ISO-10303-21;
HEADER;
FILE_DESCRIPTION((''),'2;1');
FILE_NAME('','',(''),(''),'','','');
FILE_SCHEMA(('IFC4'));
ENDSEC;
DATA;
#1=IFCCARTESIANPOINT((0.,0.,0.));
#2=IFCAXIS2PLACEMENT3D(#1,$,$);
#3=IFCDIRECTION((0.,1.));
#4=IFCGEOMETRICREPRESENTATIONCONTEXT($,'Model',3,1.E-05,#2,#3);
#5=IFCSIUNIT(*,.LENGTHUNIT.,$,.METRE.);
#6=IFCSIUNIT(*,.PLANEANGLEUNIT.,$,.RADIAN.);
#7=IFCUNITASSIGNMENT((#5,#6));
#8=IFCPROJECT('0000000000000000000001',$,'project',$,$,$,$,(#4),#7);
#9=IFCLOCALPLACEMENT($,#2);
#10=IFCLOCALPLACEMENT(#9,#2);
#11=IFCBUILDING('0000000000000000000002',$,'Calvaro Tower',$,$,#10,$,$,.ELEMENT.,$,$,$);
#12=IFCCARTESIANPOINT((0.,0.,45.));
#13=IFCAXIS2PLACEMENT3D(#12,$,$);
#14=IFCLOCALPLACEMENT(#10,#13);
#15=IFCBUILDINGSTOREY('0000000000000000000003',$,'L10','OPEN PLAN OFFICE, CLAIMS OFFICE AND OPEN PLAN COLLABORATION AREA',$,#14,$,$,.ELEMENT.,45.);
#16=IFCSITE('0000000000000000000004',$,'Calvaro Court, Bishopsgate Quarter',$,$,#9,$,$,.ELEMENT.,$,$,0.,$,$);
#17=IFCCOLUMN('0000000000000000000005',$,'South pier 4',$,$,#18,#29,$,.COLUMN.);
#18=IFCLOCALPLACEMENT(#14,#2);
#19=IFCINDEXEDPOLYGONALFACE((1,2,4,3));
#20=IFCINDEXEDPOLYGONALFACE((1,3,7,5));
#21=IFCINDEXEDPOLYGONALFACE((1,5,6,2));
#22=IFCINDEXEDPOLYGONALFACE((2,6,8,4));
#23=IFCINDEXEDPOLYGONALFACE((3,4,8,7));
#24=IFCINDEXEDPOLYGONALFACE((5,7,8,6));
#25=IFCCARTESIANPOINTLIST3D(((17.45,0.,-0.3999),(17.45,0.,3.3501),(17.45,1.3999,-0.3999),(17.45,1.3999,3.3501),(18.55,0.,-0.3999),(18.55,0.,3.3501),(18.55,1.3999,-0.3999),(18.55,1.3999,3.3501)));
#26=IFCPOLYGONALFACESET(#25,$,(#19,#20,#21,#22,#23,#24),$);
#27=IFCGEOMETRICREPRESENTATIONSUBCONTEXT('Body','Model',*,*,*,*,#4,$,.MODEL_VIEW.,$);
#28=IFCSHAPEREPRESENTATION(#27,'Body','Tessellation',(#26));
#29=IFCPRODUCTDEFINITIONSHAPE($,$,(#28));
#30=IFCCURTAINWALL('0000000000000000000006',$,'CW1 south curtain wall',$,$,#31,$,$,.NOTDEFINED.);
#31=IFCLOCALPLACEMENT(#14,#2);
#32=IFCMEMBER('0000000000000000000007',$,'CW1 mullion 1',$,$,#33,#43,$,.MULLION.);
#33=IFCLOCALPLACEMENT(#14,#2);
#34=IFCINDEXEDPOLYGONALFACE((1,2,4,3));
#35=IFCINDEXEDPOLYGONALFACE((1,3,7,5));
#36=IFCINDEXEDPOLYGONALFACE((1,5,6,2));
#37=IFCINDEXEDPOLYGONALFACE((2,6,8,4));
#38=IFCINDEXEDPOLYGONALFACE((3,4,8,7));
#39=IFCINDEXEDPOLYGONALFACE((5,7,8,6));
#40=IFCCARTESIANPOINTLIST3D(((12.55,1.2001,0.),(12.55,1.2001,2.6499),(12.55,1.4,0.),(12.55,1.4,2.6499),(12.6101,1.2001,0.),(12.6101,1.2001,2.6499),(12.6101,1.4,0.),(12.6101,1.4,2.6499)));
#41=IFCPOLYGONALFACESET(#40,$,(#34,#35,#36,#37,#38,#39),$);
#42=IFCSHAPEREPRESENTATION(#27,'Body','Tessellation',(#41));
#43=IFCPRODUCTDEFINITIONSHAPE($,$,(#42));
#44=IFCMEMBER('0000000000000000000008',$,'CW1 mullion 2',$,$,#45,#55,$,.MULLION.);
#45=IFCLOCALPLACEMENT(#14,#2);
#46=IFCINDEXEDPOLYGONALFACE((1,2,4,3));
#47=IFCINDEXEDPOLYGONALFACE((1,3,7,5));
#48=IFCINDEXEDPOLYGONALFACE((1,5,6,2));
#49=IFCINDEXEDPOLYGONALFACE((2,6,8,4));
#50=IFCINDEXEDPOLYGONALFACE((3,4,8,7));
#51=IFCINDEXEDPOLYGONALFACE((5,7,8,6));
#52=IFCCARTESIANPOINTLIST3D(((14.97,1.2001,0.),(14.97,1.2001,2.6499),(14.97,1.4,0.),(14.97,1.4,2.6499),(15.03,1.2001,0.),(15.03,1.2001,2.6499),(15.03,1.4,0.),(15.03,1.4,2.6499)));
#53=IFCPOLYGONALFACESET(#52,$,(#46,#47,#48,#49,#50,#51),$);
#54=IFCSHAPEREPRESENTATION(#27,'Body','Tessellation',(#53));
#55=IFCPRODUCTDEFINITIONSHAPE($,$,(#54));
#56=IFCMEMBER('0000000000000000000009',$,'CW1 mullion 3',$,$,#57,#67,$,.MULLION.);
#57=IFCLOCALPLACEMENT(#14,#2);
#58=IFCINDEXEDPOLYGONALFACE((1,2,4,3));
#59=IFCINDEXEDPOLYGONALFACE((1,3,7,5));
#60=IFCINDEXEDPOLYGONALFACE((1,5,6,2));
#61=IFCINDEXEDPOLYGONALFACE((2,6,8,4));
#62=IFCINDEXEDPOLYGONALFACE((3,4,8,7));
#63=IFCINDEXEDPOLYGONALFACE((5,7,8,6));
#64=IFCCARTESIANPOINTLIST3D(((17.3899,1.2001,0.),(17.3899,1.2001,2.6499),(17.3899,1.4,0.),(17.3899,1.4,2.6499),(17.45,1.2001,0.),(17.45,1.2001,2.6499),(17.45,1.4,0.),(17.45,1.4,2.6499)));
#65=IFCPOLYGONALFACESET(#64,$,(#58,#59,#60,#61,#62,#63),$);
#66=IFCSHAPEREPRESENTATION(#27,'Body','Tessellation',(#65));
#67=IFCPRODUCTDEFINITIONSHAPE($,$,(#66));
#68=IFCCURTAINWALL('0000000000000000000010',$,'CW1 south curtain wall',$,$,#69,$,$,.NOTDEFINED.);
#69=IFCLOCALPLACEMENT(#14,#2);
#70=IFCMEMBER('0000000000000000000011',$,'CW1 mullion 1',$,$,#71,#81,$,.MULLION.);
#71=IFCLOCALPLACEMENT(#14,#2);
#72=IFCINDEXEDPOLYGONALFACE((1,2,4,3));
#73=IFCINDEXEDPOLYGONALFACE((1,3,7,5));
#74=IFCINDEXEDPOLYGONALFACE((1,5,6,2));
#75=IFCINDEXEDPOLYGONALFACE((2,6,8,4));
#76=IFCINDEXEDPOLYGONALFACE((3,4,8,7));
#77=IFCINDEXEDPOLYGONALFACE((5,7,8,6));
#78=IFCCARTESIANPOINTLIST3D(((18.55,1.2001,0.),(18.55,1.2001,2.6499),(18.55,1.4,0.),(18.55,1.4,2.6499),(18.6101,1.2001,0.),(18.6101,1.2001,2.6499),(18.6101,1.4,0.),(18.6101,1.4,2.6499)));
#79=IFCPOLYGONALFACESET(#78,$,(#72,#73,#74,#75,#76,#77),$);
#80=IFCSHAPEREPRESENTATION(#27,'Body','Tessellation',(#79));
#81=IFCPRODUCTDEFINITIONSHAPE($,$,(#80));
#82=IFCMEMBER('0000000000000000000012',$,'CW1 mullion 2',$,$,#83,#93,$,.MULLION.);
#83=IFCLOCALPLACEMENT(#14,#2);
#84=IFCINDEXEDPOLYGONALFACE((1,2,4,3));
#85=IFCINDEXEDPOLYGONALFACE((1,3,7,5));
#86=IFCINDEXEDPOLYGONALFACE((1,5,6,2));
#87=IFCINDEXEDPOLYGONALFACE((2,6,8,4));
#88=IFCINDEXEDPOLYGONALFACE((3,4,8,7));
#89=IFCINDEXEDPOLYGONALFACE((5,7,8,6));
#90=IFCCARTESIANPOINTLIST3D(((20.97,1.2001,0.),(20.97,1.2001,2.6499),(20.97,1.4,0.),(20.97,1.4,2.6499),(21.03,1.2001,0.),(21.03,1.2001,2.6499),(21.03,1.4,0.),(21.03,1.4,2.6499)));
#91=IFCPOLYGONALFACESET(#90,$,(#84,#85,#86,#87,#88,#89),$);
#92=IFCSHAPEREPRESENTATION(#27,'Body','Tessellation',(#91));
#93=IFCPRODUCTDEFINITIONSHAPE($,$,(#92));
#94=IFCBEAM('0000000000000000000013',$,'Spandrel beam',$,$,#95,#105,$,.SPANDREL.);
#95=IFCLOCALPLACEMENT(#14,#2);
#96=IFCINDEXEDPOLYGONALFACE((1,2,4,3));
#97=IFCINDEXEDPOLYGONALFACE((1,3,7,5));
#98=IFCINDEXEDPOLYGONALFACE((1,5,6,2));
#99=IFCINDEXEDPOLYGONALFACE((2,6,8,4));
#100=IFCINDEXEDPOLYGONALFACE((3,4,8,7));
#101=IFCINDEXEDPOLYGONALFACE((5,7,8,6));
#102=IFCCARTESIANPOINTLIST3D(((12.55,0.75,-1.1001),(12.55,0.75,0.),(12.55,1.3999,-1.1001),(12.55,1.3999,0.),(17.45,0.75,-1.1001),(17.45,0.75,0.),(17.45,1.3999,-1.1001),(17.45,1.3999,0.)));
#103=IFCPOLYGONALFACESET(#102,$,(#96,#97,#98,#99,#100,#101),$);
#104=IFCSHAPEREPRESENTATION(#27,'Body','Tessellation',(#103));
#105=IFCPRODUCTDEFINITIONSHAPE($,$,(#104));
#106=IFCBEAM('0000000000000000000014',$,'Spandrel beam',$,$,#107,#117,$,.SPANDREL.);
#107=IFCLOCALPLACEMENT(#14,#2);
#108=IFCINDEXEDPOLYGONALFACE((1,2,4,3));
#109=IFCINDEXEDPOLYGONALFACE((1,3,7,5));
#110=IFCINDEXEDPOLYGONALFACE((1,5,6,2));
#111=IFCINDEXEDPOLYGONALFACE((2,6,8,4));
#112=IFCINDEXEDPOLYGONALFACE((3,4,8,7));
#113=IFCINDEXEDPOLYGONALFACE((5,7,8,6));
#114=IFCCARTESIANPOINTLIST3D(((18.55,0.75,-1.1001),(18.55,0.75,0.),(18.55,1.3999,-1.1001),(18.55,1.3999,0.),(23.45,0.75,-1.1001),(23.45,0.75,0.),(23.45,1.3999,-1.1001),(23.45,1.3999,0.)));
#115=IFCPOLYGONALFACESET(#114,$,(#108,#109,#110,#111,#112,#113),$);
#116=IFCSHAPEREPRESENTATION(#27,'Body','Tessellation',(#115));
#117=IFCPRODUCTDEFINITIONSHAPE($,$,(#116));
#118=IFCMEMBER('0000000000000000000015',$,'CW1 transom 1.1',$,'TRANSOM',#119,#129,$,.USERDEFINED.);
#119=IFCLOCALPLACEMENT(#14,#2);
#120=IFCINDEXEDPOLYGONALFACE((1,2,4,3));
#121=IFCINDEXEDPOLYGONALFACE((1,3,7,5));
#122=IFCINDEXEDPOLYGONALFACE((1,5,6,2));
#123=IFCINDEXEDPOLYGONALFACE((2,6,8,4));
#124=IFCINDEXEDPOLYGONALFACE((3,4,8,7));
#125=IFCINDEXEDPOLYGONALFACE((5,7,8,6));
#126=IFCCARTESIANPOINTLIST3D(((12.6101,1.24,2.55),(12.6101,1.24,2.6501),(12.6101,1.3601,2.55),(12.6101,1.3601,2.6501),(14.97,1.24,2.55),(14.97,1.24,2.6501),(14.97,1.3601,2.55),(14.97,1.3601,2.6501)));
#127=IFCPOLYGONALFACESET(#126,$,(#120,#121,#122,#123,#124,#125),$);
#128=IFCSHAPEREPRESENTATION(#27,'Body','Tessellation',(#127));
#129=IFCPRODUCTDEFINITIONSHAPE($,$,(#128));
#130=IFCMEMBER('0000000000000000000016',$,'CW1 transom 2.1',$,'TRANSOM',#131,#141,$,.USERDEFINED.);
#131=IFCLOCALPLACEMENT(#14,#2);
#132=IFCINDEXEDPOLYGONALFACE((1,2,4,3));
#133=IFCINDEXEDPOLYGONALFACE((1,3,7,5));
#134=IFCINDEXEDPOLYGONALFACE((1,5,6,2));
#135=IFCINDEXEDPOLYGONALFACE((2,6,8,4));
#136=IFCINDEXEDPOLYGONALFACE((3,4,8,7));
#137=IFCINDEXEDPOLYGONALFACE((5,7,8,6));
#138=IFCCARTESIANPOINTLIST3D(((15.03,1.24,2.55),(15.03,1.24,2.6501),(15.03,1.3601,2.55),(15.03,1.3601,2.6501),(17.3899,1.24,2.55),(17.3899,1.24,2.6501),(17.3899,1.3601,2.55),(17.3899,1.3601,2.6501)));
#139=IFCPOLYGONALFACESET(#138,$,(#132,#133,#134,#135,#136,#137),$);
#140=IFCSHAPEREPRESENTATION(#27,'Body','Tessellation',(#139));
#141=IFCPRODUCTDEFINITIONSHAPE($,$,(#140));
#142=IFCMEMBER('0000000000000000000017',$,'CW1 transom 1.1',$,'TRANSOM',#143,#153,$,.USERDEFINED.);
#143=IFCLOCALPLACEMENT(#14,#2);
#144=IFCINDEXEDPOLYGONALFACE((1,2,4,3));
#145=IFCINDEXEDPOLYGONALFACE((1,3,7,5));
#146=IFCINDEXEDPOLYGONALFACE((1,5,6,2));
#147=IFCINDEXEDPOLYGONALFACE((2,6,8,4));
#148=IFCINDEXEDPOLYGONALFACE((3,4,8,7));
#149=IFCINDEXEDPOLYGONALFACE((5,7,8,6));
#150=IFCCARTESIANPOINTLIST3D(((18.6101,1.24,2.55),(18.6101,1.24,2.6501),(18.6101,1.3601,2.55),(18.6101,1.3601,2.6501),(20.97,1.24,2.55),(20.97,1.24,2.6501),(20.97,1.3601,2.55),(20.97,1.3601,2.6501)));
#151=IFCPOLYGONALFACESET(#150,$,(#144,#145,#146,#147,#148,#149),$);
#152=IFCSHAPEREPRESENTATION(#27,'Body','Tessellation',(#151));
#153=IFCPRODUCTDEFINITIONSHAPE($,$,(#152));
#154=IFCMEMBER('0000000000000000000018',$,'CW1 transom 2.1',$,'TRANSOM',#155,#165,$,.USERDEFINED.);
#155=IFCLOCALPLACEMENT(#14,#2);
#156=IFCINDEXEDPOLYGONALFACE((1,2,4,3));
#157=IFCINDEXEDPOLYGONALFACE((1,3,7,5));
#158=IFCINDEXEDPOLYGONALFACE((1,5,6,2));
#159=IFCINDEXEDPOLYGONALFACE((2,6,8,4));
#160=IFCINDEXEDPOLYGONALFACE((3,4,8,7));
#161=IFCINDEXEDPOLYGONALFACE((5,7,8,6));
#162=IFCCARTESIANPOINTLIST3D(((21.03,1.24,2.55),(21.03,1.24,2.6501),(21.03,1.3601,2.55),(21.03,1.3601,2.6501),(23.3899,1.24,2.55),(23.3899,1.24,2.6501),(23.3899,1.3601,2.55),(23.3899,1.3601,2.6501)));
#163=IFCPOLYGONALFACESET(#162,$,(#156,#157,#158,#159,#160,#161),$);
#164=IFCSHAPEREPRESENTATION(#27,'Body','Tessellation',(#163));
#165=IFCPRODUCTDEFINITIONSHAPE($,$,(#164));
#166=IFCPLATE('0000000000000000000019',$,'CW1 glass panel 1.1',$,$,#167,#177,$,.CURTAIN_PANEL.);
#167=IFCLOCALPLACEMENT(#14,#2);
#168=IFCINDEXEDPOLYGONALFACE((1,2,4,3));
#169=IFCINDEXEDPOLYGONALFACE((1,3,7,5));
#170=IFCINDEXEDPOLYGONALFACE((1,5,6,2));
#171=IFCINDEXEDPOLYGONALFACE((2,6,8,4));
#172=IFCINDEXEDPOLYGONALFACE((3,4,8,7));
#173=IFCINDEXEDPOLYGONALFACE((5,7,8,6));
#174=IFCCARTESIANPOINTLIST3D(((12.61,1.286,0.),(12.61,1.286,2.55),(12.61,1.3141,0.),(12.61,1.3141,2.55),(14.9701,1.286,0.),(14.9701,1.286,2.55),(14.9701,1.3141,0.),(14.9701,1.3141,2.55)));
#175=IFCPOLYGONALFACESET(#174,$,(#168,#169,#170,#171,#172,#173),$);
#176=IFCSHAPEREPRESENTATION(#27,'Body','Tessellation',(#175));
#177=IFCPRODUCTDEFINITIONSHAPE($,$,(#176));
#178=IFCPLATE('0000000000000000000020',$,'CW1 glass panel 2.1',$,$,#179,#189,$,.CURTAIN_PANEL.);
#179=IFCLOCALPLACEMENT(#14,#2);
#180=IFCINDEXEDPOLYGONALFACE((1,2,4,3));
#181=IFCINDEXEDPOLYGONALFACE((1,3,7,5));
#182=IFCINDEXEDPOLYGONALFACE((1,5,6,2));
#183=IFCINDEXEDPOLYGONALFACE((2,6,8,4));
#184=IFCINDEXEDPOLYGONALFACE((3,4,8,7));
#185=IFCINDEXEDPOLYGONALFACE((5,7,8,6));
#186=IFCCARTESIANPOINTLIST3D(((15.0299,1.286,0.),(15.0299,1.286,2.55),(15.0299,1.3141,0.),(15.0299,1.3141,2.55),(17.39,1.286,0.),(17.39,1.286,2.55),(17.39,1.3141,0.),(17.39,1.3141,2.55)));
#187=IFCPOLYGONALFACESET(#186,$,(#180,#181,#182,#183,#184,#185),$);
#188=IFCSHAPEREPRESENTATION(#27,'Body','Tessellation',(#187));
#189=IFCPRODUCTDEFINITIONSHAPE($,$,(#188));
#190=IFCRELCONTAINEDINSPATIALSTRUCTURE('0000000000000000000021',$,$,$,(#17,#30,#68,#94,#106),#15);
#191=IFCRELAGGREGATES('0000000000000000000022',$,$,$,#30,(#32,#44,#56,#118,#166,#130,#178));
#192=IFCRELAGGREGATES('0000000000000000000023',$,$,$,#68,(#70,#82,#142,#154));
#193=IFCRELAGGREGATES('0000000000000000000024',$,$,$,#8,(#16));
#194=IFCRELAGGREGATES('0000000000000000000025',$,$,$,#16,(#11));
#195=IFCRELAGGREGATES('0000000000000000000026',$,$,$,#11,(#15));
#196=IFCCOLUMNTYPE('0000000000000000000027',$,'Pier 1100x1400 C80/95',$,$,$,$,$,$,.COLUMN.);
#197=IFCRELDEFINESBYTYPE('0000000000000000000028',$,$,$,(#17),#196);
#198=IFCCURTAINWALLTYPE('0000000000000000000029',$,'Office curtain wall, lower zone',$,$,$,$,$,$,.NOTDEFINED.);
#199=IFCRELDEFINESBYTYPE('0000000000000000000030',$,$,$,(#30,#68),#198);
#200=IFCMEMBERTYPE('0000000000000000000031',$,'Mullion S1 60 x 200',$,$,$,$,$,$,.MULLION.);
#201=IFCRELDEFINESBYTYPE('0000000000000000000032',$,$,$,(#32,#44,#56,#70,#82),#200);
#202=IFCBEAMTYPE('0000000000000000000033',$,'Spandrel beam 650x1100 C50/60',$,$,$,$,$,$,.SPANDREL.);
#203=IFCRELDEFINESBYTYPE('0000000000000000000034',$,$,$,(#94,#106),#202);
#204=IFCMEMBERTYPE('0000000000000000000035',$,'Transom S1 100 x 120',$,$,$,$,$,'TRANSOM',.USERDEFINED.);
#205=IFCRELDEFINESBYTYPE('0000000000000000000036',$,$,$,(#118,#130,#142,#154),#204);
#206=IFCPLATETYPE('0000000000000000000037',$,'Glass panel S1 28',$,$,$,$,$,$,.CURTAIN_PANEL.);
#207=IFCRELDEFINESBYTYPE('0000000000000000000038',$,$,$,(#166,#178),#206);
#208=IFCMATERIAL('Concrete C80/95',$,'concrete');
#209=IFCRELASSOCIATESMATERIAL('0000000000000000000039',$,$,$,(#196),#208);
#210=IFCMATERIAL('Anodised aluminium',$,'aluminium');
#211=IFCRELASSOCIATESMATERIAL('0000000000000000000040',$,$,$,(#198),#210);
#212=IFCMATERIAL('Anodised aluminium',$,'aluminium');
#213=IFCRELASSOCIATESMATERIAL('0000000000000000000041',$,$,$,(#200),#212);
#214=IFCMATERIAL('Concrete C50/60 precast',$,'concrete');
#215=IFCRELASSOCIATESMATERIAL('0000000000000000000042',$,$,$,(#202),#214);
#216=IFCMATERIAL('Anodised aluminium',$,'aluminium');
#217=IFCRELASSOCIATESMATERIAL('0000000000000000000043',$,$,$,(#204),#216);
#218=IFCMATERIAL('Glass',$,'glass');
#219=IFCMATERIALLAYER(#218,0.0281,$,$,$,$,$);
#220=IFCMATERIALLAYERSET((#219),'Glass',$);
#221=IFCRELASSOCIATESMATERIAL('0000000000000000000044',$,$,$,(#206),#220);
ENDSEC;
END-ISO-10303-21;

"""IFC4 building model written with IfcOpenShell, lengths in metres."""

from ifc_helpers import new_model, si_unit, direction, frame, origin, origin_2d, place, context, subcontext, project, spatial, rectangle, extrude, material, layer, layer_set, material_profile, profile_set, type_object, element, aggregate, save


model = new_model("IFC4")

# Units and contexts
model_context = context("Model", 3, precision=1e-05, world=origin(), true_north=direction((0.0, 1.0)))
body_context = subcontext(model_context, "Body", "Model", "MODEL_VIEW")
ifc_project = project(units=[si_unit("LENGTHUNIT", "METRE"), si_unit("PLANEANGLEUNIT", "RADIAN")], contexts=[model_context])

# Site, building, storey
site_placement = place(None, origin())
site = spatial("IfcSite", under=ifc_project, at=site_placement, Name="Calvaro Court, Bishopsgate Quarter", CompositionType="ELEMENT", RefElevation=0.0)
building_placement = place(site_placement, origin())
building = spatial("IfcBuilding", under=site, at=building_placement, Name="Calvaro Tower", CompositionType="ELEMENT")
storey_placement = place(building_placement, frame((0.0, 0.0, 45.0)))
storey = spatial("IfcBuildingStorey", under=building, at=storey_placement, Name="L10", Description="OPEN PLAN OFFICE, CLAIMS OFFICE AND OPEN PLAN COLLABORATION AREA", CompositionType="ELEMENT", Elevation=45.0)

# Column
ifc_material_1 = material(Name="Concrete C80/95", Category="concrete")
ifc_material_profile_1 = material_profile(ifc_material_1, rectangle(XDim=1.1001, YDim=1.3999, at=origin_2d()), Name="RC 1100x1400")
ifc_profile_set_1 = profile_set([ifc_material_profile_1], Name="Concrete C80/95")
column_type = type_object("IfcColumnType", Name="Pier 1100x1400 C80/95", PredefinedType="COLUMN", material=ifc_profile_set_1)
column_placement = place(storey_placement, frame((18.0, 0.7, -0.3999), z_axis=(0.0, 0.0, 1.0), x_axis=(1.0, 0.0, 0.0)))
element("IfcColumn", 1, at=column_placement, inside=storey, type_object=column_type, Name="South pier 4", PredefinedType="COLUMN", context=body_context, shape_type="SweptSolid", body=[
    extrude(rectangle(XDim=1.1001, YDim=1.3999, at=origin_2d()), origin(), (0.0, 0.0, 1.0), 3.75),
])

# Curtain walls, members
ifc_material_2 = material(Name="Anodised aluminium", Category="aluminium")
curtain_wall_type = type_object("IfcCurtainWallType", Name="Office curtain wall, lower zone", PredefinedType="NOTDEFINED", material=ifc_material_2)
curtain_wall_1_placement = place(storey_placement, origin())
curtain_wall_1 = element("IfcCurtainWall", 2, at=curtain_wall_1_placement, inside=storey, type_object=curtain_wall_type, Name="CW1 south curtain wall", PredefinedType="NOTDEFINED")
ifc_material_3 = material(Name="Anodised aluminium", Category="aluminium")
ifc_material_profile_2 = material_profile(ifc_material_3, rectangle(XDim=0.2, YDim=0.0601, at=origin_2d()), Name="Mullion S1 60 x 200")
ifc_profile_set_2 = profile_set([ifc_material_profile_2], Name="Anodised aluminium")
member_type_1 = type_object("IfcMemberType", Name="Mullion S1 60 x 200", PredefinedType="MULLION", material=ifc_profile_set_2)
member_1_placement = place(storey_placement, frame((12.5801, 1.3, 0.0), z_axis=(0.0, 0.0, 1.0), x_axis=(0.0, 1.0, 0.0)))
member_1 = element("IfcMember", 3, at=member_1_placement, type_object=member_type_1, Name="CW1 mullion 1", PredefinedType="MULLION", context=body_context, shape_type="SweptSolid", body=[
    extrude(rectangle(XDim=0.2, YDim=0.0601, at=origin_2d()), origin(), (0.0, 0.0, 1.0), 2.6499),
])
member_2_placement = place(storey_placement, frame((15.0, 1.3, 0.0), z_axis=(0.0, 0.0, 1.0), x_axis=(0.0, 1.0, 0.0)))
member_2 = element("IfcMember", 4, at=member_2_placement, type_object=member_type_1, Name="CW1 mullion 2", PredefinedType="MULLION", context=body_context, shape_type="SweptSolid", body=[
    extrude(rectangle(XDim=0.2, YDim=0.0601, at=origin_2d()), origin(), (0.0, 0.0, 1.0), 2.6499),
])
member_3_placement = place(storey_placement, frame((17.4199, 1.3, 0.0), z_axis=(0.0, 0.0, 1.0), x_axis=(0.0, 1.0, 0.0)))
member_3 = element("IfcMember", 5, at=member_3_placement, type_object=member_type_1, Name="CW1 mullion 3", PredefinedType="MULLION", context=body_context, shape_type="SweptSolid", body=[
    extrude(rectangle(XDim=0.2, YDim=0.0601, at=origin_2d()), origin(), (0.0, 0.0, 1.0), 2.6499),
])
curtain_wall_2_placement = place(storey_placement, origin())
curtain_wall_2 = element("IfcCurtainWall", 6, at=curtain_wall_2_placement, inside=storey, type_object=curtain_wall_type, Name="CW1 south curtain wall", PredefinedType="NOTDEFINED")
member_4_placement = place(storey_placement, frame((18.5801, 1.3, 0.0), z_axis=(0.0, 0.0, 1.0), x_axis=(0.0, 1.0, 0.0)))
member_4 = element("IfcMember", 7, at=member_4_placement, type_object=member_type_1, Name="CW1 mullion 1", PredefinedType="MULLION", context=body_context, shape_type="SweptSolid", body=[
    extrude(rectangle(XDim=0.2, YDim=0.0601, at=origin_2d()), origin(), (0.0, 0.0, 1.0), 2.6499),
])
member_5_placement = place(storey_placement, frame((21.0, 1.3, 0.0), z_axis=(0.0, 0.0, 1.0), x_axis=(0.0, 1.0, 0.0)))
member_5 = element("IfcMember", 8, at=member_5_placement, type_object=member_type_1, Name="CW1 mullion 2", PredefinedType="MULLION", context=body_context, shape_type="SweptSolid", body=[
    extrude(rectangle(XDim=0.2, YDim=0.0601, at=origin_2d()), origin(), (0.0, 0.0, 1.0), 2.6499),
])

# Beams
ifc_material_4 = material(Name="Concrete C50/60 precast", Category="concrete")
ifc_material_profile_3 = material_profile(ifc_material_4, rectangle(XDim=0.6499, YDim=1.1001, at=origin_2d()), Name="RC 650x1100")
ifc_profile_set_3 = profile_set([ifc_material_profile_3], Name="Concrete C50/60 precast")
beam_type = type_object("IfcBeamType", Name="Spandrel beam 650x1100 C50/60", PredefinedType="SPANDREL", material=ifc_profile_set_3)
for number, where, z_axis, x_axis, name in (
    (9, (12.55, 1.075, -0.55), (1.0, 0.0, 0.0), (0.0, 1.0, 0.0), "Spandrel beam"),
    (10, (18.55, 1.075, -0.55), (1.0, 0.0, 0.0), (0.0, 1.0, 0.0), "Spandrel beam"),
):
    element("IfcBeam", number, at=place(storey_placement, frame(where, z_axis=z_axis, x_axis=x_axis)), inside=storey, type_object=beam_type, Name=name, PredefinedType="SPANDREL", context=body_context, shape_type="SweptSolid", body=[
        extrude(rectangle(XDim=0.6499, YDim=1.1001, at=origin_2d()), origin(), (0.0, 0.0, 1.0), 4.8999),
    ])

# Members
ifc_material_5 = material(Name="Anodised aluminium", Category="aluminium")
ifc_material_profile_4 = material_profile(ifc_material_5, rectangle(XDim=0.1201, YDim=0.1001, at=origin_2d()), Name="Transom S1 100 x 120")
ifc_profile_set_4 = profile_set([ifc_material_profile_4], Name="Anodised aluminium")
member_type_2 = type_object("IfcMemberType", Name="Transom S1 100 x 120", ElementType="TRANSOM", PredefinedType="USERDEFINED", material=ifc_profile_set_4)
member_6_placement = place(storey_placement, frame((12.6101, 1.3, 2.6001), z_axis=(1.0, 0.0, 0.0), x_axis=(0.0, 1.0, 0.0)))
member_6 = element("IfcMember", 11, at=member_6_placement, type_object=member_type_2, Name="CW1 transom 1.1", ObjectType="TRANSOM", PredefinedType="USERDEFINED", context=body_context, shape_type="SweptSolid", body=[
    extrude(rectangle(XDim=0.1201, YDim=0.1001, at=origin_2d()), origin(), (0.0, 0.0, 1.0), 2.3599),
])
member_7_placement = place(storey_placement, frame((15.03, 1.3, 2.6001), z_axis=(1.0, 0.0, 0.0), x_axis=(0.0, 1.0, 0.0)))
member_7 = element("IfcMember", 12, at=member_7_placement, type_object=member_type_2, Name="CW1 transom 2.1", ObjectType="TRANSOM", PredefinedType="USERDEFINED", context=body_context, shape_type="SweptSolid", body=[
    extrude(rectangle(XDim=0.1201, YDim=0.1001, at=origin_2d()), origin(), (0.0, 0.0, 1.0), 2.3599),
])
member_8_placement = place(storey_placement, frame((18.6101, 1.3, 2.6001), z_axis=(1.0, 0.0, 0.0), x_axis=(0.0, 1.0, 0.0)))
member_8 = element("IfcMember", 13, at=member_8_placement, type_object=member_type_2, Name="CW1 transom 1.1", ObjectType="TRANSOM", PredefinedType="USERDEFINED", context=body_context, shape_type="SweptSolid", body=[
    extrude(rectangle(XDim=0.1201, YDim=0.1001, at=origin_2d()), origin(), (0.0, 0.0, 1.0), 2.3599),
])
member_9_placement = place(storey_placement, frame((21.03, 1.3, 2.6001), z_axis=(1.0, 0.0, 0.0), x_axis=(0.0, 1.0, 0.0)))
member_9 = element("IfcMember", 14, at=member_9_placement, type_object=member_type_2, Name="CW1 transom 2.1", ObjectType="TRANSOM", PredefinedType="USERDEFINED", context=body_context, shape_type="SweptSolid", body=[
    extrude(rectangle(XDim=0.1201, YDim=0.1001, at=origin_2d()), origin(), (0.0, 0.0, 1.0), 2.3599),
])

# Plates
ifc_material_6 = material(Name="Glass", Category="glass")
ifc_layer = layer(ifc_material_6, 0.0281)
ifc_layer_set = layer_set([ifc_layer], Name="Glass")
plate_type = type_object("IfcPlateType", Name="Glass panel S1 28", PredefinedType="CURTAIN_PANEL", material=ifc_layer_set)
plate_1_placement = place(storey_placement, frame((13.79, 1.3, 0.0), z_axis=(0.0, 0.0, 1.0), x_axis=(1.0, 0.0, 0.0)))
plate_1 = element("IfcPlate", 15, at=plate_1_placement, type_object=plate_type, Name="CW1 glass panel 1.1", PredefinedType="CURTAIN_PANEL", context=body_context, shape_type="SweptSolid", body=[
    extrude(rectangle(XDim=2.3601, YDim=0.0281, at=origin_2d()), origin(), (0.0, 0.0, 1.0), 2.55),
])
plate_2_placement = place(storey_placement, frame((16.21, 1.3, 0.0), z_axis=(0.0, 0.0, 1.0), x_axis=(1.0, 0.0, 0.0)))
plate_2 = element("IfcPlate", 16, at=plate_2_placement, type_object=plate_type, Name="CW1 glass panel 2.1", PredefinedType="CURTAIN_PANEL", context=body_context, shape_type="SweptSolid", body=[
    extrude(rectangle(XDim=2.3601, YDim=0.0281, at=origin_2d()), origin(), (0.0, 0.0, 1.0), 2.55),
])
aggregate(curtain_wall_1, [member_1, member_2, member_3, member_6, plate_1, member_7, plate_2])
aggregate(curtain_wall_2, [member_4, member_5, member_8, member_9])

save(model, "model.ifc")
